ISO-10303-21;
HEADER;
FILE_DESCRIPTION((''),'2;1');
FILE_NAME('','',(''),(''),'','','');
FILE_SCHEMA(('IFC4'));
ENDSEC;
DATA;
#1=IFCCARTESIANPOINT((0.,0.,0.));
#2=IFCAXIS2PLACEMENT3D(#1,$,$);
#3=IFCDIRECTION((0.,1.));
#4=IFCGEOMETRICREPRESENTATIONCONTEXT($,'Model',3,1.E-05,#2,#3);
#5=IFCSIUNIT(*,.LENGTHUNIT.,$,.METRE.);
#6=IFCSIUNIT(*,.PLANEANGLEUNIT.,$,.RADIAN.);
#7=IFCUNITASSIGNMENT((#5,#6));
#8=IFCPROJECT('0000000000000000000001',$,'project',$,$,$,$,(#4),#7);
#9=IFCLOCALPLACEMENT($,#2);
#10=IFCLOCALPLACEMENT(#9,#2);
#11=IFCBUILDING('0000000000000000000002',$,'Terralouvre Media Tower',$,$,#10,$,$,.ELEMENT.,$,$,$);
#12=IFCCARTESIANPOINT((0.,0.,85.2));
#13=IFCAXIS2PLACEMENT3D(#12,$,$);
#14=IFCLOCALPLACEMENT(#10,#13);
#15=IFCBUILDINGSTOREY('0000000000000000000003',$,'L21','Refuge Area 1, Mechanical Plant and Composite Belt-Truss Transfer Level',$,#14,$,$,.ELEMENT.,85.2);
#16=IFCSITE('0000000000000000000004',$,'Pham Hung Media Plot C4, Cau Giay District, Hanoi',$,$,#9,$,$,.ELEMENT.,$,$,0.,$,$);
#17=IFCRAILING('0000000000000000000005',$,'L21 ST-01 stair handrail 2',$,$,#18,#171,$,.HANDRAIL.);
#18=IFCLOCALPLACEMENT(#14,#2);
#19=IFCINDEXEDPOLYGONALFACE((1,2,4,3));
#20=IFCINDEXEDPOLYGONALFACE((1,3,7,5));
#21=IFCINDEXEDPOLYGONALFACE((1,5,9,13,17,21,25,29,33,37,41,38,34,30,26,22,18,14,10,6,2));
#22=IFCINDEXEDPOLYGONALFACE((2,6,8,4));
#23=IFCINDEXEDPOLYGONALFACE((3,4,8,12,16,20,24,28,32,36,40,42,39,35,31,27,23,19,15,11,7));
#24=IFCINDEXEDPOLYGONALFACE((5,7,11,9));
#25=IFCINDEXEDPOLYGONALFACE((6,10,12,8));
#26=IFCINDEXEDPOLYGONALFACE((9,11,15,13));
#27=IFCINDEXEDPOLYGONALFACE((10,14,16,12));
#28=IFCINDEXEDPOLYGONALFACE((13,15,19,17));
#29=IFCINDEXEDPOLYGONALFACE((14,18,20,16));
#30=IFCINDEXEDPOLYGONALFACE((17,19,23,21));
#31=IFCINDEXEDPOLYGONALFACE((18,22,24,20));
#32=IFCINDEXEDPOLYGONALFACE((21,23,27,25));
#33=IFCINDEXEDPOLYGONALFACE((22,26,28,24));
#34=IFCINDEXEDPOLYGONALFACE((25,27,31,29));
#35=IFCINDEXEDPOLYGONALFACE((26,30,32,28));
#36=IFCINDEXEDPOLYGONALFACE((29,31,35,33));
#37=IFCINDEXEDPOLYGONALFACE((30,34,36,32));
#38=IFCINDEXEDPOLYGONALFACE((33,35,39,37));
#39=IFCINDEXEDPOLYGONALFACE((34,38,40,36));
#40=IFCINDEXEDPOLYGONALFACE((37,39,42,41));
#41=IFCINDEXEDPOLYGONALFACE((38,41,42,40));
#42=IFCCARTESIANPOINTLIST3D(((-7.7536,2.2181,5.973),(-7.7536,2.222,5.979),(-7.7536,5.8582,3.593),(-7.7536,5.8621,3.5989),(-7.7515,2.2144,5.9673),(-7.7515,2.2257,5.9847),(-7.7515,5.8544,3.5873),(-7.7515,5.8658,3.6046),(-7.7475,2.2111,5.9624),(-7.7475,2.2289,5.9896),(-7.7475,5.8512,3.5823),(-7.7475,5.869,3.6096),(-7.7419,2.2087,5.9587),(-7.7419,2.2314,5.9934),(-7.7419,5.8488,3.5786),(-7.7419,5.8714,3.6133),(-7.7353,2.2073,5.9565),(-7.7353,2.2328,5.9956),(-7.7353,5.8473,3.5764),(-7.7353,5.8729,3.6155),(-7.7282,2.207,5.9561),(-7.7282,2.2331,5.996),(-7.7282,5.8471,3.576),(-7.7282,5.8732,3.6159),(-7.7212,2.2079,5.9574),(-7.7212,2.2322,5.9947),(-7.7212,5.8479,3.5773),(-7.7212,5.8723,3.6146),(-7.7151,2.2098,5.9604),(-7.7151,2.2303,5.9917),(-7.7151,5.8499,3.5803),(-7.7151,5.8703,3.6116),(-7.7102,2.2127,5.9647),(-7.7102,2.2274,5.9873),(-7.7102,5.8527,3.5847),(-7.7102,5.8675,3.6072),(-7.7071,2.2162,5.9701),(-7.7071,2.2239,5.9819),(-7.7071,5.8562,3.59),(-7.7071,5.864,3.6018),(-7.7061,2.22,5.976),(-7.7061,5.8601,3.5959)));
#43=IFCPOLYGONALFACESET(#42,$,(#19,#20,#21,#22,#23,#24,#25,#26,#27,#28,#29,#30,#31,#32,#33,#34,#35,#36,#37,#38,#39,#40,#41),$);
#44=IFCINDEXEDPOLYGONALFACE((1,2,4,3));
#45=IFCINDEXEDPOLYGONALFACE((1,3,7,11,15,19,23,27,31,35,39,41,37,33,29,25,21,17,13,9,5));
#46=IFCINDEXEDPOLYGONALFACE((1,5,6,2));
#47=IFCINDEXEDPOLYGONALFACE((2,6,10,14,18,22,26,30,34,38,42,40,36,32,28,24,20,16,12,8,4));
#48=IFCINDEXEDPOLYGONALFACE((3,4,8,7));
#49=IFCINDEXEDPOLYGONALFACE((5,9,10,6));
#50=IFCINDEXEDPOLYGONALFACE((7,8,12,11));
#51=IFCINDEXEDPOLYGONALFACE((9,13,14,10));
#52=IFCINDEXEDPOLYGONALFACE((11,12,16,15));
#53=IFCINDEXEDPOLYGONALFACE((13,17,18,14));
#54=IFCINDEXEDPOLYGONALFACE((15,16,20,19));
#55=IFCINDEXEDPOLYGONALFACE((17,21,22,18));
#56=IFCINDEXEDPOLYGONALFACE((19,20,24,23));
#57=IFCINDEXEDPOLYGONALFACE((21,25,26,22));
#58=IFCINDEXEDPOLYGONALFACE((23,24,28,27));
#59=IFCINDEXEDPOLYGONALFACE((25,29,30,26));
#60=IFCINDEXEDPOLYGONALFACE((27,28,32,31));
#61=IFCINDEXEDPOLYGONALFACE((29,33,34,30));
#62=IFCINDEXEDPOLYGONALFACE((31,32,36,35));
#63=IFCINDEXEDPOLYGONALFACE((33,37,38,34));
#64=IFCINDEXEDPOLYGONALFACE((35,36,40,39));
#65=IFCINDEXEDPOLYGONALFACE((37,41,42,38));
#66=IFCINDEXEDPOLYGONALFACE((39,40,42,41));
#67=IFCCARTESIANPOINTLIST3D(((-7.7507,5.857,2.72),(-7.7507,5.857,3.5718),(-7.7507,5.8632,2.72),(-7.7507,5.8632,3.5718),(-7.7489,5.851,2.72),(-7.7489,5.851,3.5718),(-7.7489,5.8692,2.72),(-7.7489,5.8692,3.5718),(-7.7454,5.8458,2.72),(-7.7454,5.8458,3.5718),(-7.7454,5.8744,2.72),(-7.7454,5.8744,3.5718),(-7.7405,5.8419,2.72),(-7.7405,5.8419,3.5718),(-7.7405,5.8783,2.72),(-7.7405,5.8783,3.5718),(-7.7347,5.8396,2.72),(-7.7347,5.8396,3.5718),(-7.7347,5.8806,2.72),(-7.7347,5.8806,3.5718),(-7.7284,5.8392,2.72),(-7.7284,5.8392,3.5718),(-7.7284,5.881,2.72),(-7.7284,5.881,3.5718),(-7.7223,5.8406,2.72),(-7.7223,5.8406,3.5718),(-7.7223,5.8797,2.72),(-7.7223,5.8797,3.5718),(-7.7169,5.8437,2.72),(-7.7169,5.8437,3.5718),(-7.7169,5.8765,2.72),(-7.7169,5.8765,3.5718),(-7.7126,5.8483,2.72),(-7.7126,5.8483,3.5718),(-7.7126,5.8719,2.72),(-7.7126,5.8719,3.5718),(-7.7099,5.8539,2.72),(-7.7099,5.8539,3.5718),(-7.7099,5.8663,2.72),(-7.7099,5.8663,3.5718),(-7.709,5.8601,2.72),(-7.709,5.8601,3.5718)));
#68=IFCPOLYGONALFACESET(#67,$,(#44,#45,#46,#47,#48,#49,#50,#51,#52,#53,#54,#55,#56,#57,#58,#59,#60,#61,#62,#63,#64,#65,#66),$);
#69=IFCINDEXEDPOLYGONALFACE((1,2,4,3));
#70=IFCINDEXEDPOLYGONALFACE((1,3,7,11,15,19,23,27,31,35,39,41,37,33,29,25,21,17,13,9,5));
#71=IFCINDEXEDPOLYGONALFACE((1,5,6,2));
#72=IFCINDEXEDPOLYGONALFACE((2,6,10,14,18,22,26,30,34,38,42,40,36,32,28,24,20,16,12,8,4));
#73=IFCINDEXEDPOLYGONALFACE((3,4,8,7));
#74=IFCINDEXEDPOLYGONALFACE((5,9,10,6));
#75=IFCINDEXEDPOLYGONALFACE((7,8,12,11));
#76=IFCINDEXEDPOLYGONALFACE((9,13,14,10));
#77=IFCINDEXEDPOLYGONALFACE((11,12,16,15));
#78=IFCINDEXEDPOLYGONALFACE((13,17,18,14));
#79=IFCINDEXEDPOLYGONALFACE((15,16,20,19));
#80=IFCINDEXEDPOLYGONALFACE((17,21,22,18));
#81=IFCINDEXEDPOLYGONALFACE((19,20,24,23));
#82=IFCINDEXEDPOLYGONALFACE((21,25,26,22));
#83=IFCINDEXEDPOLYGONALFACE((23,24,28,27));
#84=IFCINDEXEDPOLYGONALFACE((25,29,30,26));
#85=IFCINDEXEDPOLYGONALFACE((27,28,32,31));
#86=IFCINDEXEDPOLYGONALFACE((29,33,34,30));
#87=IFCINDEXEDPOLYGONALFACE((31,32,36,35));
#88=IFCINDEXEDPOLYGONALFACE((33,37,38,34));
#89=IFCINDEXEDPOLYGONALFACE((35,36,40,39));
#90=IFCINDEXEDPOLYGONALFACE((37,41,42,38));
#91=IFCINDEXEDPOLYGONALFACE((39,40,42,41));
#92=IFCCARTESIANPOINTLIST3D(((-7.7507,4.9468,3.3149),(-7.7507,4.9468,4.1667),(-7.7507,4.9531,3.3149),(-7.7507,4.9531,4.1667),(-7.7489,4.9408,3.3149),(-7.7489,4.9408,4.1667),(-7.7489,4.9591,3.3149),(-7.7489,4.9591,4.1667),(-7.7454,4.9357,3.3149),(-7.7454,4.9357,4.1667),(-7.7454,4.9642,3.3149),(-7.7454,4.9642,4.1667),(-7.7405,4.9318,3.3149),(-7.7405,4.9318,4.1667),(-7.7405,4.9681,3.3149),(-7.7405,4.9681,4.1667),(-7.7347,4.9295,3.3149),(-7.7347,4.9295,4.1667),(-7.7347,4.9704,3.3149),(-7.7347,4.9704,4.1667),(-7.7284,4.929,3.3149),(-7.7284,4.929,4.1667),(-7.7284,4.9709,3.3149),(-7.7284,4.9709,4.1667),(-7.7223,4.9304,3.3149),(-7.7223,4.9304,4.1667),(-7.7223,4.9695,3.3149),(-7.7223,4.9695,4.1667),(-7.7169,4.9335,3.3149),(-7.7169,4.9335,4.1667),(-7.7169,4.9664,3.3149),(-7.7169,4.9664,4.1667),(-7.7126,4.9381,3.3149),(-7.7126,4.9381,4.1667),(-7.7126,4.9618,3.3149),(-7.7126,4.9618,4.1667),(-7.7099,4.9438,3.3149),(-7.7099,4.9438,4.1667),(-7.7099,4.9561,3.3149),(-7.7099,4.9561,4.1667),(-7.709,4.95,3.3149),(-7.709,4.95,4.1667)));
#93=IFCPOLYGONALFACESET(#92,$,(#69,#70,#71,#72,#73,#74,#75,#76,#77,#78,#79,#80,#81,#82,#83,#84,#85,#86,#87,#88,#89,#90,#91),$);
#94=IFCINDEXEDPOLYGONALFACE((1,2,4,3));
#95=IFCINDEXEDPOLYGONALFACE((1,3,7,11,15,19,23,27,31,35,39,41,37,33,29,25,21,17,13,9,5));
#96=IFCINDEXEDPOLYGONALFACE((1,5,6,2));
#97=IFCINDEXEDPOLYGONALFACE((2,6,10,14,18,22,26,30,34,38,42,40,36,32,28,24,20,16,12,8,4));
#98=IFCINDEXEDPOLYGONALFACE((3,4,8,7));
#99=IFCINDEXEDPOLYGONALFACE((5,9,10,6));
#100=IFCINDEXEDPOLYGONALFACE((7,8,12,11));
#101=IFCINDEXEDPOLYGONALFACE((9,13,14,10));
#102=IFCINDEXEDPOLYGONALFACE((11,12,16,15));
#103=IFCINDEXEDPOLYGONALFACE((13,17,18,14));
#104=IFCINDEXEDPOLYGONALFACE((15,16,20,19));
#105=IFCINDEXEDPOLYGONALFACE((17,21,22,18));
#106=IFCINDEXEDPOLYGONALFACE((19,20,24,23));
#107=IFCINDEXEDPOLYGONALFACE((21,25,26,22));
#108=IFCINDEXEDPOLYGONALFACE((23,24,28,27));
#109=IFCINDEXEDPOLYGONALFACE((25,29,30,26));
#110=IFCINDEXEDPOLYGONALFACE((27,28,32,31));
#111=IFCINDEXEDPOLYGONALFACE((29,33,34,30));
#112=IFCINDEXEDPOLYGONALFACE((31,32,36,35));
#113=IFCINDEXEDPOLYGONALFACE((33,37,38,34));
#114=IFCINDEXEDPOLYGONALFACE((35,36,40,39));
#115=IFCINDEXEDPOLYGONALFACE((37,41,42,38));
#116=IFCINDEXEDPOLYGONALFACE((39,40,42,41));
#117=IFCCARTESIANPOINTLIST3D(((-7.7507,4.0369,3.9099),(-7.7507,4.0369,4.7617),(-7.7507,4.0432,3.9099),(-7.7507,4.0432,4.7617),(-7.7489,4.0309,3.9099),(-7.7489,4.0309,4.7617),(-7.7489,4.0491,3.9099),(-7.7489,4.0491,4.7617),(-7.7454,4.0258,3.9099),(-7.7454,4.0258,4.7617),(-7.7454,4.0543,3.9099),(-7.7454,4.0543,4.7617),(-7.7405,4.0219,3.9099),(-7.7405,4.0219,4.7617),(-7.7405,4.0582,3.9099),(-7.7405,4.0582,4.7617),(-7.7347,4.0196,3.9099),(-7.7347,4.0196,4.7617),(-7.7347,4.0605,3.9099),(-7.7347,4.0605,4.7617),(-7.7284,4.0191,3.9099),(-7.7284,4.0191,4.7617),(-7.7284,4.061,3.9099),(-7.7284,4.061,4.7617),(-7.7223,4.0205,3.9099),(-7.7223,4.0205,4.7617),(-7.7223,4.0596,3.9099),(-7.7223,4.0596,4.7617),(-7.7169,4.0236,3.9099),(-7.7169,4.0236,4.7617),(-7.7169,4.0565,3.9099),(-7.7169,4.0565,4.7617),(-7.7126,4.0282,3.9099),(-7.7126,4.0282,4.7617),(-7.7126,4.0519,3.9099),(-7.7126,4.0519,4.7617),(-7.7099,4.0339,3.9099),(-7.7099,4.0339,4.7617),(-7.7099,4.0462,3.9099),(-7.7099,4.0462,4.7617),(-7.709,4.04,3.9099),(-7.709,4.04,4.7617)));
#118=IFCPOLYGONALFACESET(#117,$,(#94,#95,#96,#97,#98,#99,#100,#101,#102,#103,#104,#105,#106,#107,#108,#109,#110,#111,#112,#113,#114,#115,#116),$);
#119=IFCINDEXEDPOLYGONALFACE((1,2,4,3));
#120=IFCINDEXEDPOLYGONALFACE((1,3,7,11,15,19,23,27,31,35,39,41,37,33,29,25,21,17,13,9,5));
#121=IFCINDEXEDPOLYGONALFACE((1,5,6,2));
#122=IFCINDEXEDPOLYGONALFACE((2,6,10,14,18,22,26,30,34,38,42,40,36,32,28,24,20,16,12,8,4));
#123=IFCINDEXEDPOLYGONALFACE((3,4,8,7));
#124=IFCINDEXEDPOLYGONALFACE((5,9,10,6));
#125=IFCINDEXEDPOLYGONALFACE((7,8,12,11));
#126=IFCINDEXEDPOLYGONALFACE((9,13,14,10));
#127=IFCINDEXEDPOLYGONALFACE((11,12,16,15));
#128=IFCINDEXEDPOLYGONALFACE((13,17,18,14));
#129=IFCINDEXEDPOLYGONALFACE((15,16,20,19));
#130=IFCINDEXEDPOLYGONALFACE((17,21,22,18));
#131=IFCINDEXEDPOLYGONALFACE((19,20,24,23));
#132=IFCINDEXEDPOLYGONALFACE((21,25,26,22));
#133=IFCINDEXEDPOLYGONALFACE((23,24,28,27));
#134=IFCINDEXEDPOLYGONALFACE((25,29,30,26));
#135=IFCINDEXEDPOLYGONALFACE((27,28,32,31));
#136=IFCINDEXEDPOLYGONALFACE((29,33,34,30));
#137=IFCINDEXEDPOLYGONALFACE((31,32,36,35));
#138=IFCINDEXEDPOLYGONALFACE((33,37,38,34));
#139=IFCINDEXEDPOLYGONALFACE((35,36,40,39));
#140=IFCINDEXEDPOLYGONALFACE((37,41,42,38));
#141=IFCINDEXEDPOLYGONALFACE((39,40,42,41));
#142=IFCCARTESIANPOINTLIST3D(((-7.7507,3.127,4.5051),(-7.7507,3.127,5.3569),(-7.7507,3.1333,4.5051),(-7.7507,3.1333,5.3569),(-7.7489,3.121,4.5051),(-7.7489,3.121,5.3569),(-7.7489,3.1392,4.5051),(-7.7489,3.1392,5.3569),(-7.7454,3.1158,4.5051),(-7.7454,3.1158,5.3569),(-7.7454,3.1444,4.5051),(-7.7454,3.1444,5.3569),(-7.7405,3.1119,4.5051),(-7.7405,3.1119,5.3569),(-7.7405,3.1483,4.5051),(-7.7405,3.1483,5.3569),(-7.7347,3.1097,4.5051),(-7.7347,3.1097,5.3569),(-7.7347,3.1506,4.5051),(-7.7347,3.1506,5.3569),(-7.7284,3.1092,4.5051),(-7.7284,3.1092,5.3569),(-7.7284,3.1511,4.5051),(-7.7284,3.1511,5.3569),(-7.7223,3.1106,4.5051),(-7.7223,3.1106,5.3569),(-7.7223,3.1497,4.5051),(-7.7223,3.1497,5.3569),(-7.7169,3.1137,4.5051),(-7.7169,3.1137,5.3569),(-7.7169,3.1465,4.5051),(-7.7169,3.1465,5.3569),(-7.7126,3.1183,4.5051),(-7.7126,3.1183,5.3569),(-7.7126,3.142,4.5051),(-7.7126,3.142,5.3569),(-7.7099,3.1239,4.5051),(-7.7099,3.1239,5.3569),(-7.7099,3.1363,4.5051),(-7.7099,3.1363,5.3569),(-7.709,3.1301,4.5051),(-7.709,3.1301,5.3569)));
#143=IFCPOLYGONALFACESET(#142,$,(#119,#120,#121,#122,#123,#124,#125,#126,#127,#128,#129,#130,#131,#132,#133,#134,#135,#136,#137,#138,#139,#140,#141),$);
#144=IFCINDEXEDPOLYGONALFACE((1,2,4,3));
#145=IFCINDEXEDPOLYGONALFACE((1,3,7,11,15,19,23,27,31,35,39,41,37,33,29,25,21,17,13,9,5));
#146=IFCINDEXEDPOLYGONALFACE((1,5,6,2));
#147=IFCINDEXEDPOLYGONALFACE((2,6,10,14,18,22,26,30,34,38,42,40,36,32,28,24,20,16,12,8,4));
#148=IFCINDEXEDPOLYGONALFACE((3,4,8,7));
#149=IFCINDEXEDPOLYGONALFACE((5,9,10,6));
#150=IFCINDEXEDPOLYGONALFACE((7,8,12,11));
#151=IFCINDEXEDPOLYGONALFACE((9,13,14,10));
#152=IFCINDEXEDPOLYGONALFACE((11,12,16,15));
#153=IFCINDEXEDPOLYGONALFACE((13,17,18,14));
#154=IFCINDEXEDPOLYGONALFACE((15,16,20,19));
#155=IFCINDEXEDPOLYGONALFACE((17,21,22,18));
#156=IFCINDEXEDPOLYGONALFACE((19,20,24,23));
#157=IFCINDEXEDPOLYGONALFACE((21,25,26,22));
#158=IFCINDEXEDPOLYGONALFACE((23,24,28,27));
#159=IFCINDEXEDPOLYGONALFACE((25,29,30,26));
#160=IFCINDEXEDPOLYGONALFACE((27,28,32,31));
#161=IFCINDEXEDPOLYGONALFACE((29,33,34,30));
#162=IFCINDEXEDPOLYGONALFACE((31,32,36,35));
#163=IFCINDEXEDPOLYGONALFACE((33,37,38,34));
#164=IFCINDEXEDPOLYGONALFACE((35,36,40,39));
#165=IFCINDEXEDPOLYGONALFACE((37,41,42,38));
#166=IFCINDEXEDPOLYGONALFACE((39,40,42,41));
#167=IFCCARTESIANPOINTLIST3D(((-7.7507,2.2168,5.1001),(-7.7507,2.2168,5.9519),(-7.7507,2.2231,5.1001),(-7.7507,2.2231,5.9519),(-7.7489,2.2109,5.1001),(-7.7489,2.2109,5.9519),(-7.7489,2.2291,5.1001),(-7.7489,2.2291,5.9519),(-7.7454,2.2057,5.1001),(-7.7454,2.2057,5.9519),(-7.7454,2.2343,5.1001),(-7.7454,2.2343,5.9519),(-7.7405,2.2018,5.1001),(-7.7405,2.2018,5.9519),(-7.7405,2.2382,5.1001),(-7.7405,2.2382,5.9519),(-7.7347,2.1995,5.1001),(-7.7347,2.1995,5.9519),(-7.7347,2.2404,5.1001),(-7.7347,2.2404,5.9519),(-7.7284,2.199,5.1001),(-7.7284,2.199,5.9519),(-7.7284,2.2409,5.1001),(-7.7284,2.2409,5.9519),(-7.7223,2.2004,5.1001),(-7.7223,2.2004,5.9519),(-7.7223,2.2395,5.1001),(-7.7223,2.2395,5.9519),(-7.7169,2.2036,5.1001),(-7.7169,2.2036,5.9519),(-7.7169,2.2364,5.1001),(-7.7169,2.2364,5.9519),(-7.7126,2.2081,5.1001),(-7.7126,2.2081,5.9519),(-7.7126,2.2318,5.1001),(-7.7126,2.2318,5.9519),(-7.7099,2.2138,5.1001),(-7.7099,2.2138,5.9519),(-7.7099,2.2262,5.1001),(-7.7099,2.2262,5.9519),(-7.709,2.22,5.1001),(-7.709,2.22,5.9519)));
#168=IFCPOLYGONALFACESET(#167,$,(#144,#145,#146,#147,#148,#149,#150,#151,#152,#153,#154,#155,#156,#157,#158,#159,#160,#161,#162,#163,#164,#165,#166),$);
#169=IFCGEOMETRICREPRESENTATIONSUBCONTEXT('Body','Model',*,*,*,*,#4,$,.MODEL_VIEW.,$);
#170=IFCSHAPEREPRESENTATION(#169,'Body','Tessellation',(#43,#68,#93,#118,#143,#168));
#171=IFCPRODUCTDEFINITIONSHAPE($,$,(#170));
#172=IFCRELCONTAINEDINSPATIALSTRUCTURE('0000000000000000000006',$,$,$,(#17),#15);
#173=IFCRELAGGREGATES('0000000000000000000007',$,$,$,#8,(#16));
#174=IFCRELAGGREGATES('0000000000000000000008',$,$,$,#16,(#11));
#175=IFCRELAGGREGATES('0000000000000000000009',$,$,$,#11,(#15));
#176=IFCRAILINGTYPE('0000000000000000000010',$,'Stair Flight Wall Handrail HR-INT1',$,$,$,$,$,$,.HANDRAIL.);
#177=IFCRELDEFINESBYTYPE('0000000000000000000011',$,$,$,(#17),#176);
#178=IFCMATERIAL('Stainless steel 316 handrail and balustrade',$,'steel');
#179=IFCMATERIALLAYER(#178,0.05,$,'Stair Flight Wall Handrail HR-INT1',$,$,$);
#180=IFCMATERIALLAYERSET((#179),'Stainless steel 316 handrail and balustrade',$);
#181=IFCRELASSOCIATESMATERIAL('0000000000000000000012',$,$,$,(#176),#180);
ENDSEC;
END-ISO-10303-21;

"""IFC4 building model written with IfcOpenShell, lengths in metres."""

from ifc_helpers import new_model, si_unit, direction, frame, origin, origin_2d, place, context, subcontext, project, spatial, circle, extrude, material, layer, layer_set, type_object, element, save


model = new_model("IFC4")

# Units and contexts
model_context = context("Model", 3, precision=1e-05, world=origin(), true_north=direction((0.0, 1.0)))
body_context = subcontext(model_context, "Body", "Model", "MODEL_VIEW")
ifc_project = project(units=[si_unit("LENGTHUNIT", "METRE"), si_unit("PLANEANGLEUNIT", "RADIAN")], contexts=[model_context])

# Site, building, storey
site_placement = place(None, origin())
site = spatial("IfcSite", under=ifc_project, at=site_placement, Name="Pham Hung Media Plot C4, Cau Giay District, Hanoi", CompositionType="ELEMENT", RefElevation=0.0)
building_placement = place(site_placement, origin())
building = spatial("IfcBuilding", under=site, at=building_placement, Name="Terralouvre Media Tower", CompositionType="ELEMENT")
storey_placement = place(building_placement, frame((0.0, 0.0, 85.2)))
storey = spatial("IfcBuildingStorey", under=building, at=storey_placement, Name="L21", Description="Refuge Area 1, Mechanical Plant and Composite Belt-Truss Transfer Level", CompositionType="ELEMENT", Elevation=85.2)

# Railing
ifc_material_1 = material(Name="Stainless steel 316 handrail and balustrade", Category="steel")
ifc_layer_1 = layer(ifc_material_1, 0.05, Name="Stair Flight Wall Handrail HR-INT1")
ifc_layer_set_1 = layer_set([ifc_layer_1], Name="Stainless steel 316 handrail and balustrade")
railing_type_1 = type_object("IfcRailingType", Name="Stair Flight Wall Handrail HR-INT1", PredefinedType="HANDRAIL", material=ifc_layer_set_1)
railing_1_placement = place(storey_placement, frame((-7.73, 5.8601, 2.72)))
element("IfcRailing", 1, at=railing_1_placement, inside=storey, type_object=railing_type_1, Name="L21 ST-01 stair handrail 2", PredefinedType="HANDRAIL", context=body_context, shape_type="SweptSolid", body=[
    extrude(circle(Radius=0.0239, at=origin_2d()), frame((0.0, 0.0, 0.876), z_axis=(0.0, -0.836966, 0.547255), x_axis=(1.0, 0.0, 0.0)), (0.0, 0.0, 1.0), 4.3491),
    extrude(circle(Radius=0.021, at=origin_2d()), origin(), (0.0, 0.0, 1.0), 0.8518),
    extrude(circle(Radius=0.021, at=origin_2d()), frame((0.0, -0.9102, 0.595)), (0.0, 0.0, 1.0), 0.8518),
    extrude(circle(Radius=0.021, at=origin_2d()), frame((0.0, -1.8201, 1.1899)), (0.0, 0.0, 1.0), 0.8518),
    extrude(circle(Radius=0.021, at=origin_2d()), frame((0.0, -2.73, 1.7852)), (0.0, 0.0, 1.0), 0.8518),
    extrude(circle(Radius=0.021, at=origin_2d()), frame((0.0, -3.6401, 2.3801)), (0.0, 0.0, 1.0), 0.8518),
])

save(model, "model.ifc")
